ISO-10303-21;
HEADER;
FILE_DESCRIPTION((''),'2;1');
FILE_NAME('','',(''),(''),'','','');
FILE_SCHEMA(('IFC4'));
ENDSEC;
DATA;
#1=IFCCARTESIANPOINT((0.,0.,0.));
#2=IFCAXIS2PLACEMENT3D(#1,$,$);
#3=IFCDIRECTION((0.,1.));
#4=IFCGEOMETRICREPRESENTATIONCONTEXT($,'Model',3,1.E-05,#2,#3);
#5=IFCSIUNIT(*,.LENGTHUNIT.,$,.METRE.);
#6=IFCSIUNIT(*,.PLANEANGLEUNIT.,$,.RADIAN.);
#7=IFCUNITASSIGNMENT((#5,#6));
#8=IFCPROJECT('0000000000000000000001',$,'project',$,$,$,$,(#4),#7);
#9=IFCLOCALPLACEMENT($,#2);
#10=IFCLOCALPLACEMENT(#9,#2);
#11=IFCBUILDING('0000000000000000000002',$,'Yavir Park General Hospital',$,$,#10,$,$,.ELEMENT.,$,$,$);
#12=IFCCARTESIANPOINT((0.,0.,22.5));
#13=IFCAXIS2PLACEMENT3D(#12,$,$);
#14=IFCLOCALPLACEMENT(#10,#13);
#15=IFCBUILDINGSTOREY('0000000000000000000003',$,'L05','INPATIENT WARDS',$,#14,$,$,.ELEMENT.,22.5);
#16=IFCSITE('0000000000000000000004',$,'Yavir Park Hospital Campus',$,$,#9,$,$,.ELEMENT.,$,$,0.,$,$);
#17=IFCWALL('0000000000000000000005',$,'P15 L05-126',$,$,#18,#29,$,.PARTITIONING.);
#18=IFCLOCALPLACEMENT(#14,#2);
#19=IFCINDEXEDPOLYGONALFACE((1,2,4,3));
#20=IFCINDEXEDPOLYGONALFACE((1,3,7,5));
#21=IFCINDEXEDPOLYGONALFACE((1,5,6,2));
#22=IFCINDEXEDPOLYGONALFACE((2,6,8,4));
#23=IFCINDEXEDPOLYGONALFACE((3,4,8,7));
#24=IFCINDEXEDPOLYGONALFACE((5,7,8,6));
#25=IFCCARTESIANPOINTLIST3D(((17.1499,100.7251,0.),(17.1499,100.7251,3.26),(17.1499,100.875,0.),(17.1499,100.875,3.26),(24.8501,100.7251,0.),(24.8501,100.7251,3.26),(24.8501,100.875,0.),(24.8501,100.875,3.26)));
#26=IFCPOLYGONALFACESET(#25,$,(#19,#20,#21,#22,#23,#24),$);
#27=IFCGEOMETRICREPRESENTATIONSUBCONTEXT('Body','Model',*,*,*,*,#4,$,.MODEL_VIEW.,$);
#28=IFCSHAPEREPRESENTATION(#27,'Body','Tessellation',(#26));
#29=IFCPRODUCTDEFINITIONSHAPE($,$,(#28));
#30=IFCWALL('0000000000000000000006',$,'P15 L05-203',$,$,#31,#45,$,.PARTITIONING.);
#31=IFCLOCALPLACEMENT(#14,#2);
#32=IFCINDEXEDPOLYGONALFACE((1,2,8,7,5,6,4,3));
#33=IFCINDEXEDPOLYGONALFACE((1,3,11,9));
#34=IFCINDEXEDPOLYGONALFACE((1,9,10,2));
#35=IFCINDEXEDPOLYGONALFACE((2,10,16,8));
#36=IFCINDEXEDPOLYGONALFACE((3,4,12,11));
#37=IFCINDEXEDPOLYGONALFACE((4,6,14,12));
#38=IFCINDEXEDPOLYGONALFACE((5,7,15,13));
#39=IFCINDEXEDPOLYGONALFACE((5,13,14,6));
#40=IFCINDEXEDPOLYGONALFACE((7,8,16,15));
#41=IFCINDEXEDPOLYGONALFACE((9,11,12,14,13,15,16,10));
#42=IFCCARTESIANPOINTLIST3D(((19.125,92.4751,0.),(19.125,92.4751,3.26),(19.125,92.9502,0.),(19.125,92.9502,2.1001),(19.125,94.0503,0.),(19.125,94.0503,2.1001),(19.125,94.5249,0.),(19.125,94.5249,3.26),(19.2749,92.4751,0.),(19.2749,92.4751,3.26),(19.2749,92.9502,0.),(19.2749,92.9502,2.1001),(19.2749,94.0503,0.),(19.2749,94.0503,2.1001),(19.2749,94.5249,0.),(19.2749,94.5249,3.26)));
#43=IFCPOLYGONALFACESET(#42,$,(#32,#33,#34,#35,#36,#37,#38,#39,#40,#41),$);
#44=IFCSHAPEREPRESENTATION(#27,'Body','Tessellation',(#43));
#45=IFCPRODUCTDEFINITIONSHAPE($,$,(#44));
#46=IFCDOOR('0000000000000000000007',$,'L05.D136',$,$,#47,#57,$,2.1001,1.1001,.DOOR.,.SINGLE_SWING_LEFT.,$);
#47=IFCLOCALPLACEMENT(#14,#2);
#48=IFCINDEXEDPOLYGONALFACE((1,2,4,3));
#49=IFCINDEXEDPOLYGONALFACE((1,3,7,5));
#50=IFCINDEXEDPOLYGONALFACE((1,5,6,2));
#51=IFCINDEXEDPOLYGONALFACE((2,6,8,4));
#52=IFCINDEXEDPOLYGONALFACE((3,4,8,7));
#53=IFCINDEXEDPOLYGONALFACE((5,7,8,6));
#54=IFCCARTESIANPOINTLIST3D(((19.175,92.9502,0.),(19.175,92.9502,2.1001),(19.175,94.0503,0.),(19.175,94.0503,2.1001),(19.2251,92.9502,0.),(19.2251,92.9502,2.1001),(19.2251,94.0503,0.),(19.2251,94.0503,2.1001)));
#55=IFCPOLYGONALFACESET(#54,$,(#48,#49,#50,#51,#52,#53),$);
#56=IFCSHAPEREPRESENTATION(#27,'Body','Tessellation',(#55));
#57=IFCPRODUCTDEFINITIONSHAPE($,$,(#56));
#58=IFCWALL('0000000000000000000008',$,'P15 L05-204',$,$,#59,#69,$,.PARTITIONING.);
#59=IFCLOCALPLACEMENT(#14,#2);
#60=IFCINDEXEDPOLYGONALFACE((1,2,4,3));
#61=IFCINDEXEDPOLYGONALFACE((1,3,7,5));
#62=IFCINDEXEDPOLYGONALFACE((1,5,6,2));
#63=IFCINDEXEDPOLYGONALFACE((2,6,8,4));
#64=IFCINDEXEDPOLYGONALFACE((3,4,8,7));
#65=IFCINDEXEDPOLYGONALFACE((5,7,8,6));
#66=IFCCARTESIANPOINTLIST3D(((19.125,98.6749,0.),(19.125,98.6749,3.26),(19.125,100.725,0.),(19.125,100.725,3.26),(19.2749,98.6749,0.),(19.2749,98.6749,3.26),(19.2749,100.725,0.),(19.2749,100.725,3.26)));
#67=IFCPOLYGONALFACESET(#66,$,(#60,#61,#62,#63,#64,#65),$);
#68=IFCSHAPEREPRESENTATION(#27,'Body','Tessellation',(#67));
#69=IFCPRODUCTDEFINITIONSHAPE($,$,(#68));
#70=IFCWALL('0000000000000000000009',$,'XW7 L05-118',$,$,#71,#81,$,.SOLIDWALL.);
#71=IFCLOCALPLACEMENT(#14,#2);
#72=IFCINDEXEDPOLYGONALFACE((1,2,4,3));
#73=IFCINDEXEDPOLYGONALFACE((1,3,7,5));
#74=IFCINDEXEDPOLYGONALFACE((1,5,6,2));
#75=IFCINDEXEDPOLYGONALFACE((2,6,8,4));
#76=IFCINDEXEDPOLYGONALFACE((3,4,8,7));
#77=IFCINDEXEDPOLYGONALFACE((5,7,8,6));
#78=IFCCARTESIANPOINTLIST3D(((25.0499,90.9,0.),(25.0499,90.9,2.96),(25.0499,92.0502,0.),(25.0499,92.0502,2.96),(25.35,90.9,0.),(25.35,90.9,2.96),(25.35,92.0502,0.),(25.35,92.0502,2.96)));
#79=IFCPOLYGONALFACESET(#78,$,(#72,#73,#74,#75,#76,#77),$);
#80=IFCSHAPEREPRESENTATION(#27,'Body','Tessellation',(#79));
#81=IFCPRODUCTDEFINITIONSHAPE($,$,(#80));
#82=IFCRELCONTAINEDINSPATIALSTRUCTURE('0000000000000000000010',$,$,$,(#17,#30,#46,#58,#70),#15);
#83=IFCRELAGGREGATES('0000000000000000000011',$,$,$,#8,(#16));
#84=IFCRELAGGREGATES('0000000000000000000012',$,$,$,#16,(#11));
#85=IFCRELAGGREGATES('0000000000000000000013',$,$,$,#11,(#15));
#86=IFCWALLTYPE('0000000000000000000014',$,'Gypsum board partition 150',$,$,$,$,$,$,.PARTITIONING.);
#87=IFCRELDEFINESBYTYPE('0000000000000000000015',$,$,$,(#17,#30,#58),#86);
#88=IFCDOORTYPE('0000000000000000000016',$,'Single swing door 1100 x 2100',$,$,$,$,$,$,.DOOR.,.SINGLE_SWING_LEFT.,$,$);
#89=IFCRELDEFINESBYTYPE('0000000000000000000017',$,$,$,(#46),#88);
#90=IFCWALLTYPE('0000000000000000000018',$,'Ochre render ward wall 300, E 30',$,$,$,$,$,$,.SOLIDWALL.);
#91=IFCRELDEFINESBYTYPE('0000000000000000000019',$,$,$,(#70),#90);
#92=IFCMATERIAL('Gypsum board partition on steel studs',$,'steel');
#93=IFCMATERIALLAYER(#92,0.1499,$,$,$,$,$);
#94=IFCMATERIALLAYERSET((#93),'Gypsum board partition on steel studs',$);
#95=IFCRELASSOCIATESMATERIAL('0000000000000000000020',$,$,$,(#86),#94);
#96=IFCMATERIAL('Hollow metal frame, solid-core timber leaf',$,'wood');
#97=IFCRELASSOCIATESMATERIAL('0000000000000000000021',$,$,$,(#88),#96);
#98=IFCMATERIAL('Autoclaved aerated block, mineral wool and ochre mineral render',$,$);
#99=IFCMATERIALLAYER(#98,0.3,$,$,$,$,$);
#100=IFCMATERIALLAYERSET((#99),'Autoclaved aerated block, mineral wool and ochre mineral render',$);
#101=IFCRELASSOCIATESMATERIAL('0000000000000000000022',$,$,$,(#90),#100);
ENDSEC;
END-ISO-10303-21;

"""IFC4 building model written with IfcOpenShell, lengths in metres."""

from ifc_helpers import new_model, si_unit, direction, frame, frame_2d, origin, place, context, subcontext, project, spatial, rectangle, extrude, material, layer, layer_set, type_object, element, fill, save


model = new_model("IFC4")

# Units and contexts
model_context = context("Model", 3, precision=1e-05, world=origin(), true_north=direction((0.0, 1.0)))
body_context = subcontext(model_context, "Body", "Model", "MODEL_VIEW")
ifc_project = project(units=[si_unit("LENGTHUNIT", "METRE"), si_unit("PLANEANGLEUNIT", "RADIAN")], contexts=[model_context])

# Site, building, storey
site_placement = place(None, origin())
site = spatial("IfcSite", under=ifc_project, at=site_placement, Name="Yavir Park Hospital Campus", CompositionType="ELEMENT", RefElevation=0.0)
building_placement = place(site_placement, origin())
building = spatial("IfcBuilding", under=site, at=building_placement, Name="Yavir Park General Hospital", CompositionType="ELEMENT")
storey_placement = place(building_placement, frame((0.0, 0.0, 22.5)))
storey = spatial("IfcBuildingStorey", under=building, at=storey_placement, Name="L05", Description="INPATIENT WARDS", CompositionType="ELEMENT", Elevation=22.5)

# Shared definitions
ifc_material_1 = material(Name="Gypsum board partition on steel studs", Category="steel")
ifc_layer_1 = layer(ifc_material_1, 0.1499)
ifc_layer_set_1 = layer_set([ifc_layer_1], Name="Gypsum board partition on steel studs")
wall_type_1 = type_object("IfcWallType", Name="Gypsum board partition 150", PredefinedType="PARTITIONING", material=ifc_layer_set_1)

# Shared definitions
ifc_material_2 = material(Name="Hollow metal frame, solid-core timber leaf", Category="wood")
door_type_1 = type_object("IfcDoorType", Name="Single swing door 1100 x 2100", OperationType="SINGLE_SWING_LEFT", PredefinedType="DOOR", material=ifc_material_2)

# Wall
wall_1_placement = place(storey_placement, frame((17.1499, 100.8, 0.0), z_axis=(0.0, 0.0, 1.0), x_axis=(1.0, 0.0, 0.0)))
element("IfcWall", 1, at=wall_1_placement, inside=storey, type_object=wall_type_1, Name="P15 L05-126", PredefinedType="PARTITIONING", context=body_context, shape_type="SweptSolid", body=[
    extrude(rectangle(XDim=7.7002, YDim=0.1499, at=frame_2d((3.8501, 0.0))), origin(), (0.0, 0.0, 1.0), 3.26),
])

# Wall, opening, door
wall_2_placement = place(storey_placement, frame((19.2, 92.4751, 0.0), z_axis=(0.0, 0.0, 1.0), x_axis=(0.0, 1.0, 0.0)))
wall_2 = element("IfcWall", 2, at=wall_2_placement, inside=storey, type_object=wall_type_1, Name="P15 L05-203", PredefinedType="PARTITIONING", context=body_context, shape_type="SweptSolid", body=[
    extrude(rectangle(XDim=2.0498, YDim=0.1499, at=frame_2d((1.0249, 0.0))), origin(), (0.0, 0.0, 1.0), 3.26),
])
opening_1_placement = place(wall_2_placement, frame((0.4751, 0.0, 0.0)))
opening_1 = element("IfcOpeningElement", 3, at=opening_1_placement, cuts=wall_2, PredefinedType="OPENING", context=body_context, shape_type="SweptSolid", body=[
    extrude(rectangle(XDim=1.1001, YDim=2.1001, at=frame_2d((0.55, 1.05))), frame((0.0, 0.085, 0.0), z_axis=(0.0, -1.0, 0.0), x_axis=(1.0, 0.0, 0.0)), (0.0, 0.0, 1.0), 0.1699),
])
door_1_placement = place(opening_1_placement, origin())
door_1 = element("IfcDoor", 4, at=door_1_placement, inside=storey, type_object=door_type_1, Name="L05.D136", OperationType="SINGLE_SWING_LEFT", OverallHeight=2.1001, OverallWidth=1.1001, PredefinedType="DOOR", context=body_context, shape_type="SweptSolid", body=[
    extrude(rectangle(XDim=1.1001, YDim=2.1001, at=frame_2d((0.55, 1.05))), frame((0.0, 0.0249, 0.0), z_axis=(0.0, -1.0, 0.0), x_axis=(1.0, 0.0, 0.0)), (0.0, 0.0, 1.0), 0.05),
])
fill(opening_1, door_1)

# Walls
wall_3_placement = place(storey_placement, frame((19.2, 98.675, 0.0), z_axis=(0.0, 0.0, 1.0), x_axis=(0.0, 1.0, 0.0)))
element("IfcWall", 5, at=wall_3_placement, inside=storey, type_object=wall_type_1, Name="P15 L05-204", PredefinedType="PARTITIONING", context=body_context, shape_type="SweptSolid", body=[
    extrude(rectangle(XDim=2.05, YDim=0.1499, at=frame_2d((1.0249, 0.0))), origin(), (0.0, 0.0, 1.0), 3.26),
])
ifc_material_3 = material(Name="Autoclaved aerated block, mineral wool and ochre mineral render")
ifc_layer_2 = layer(ifc_material_3, 0.3)
ifc_layer_set_2 = layer_set([ifc_layer_2], Name="Autoclaved aerated block, mineral wool and ochre mineral render")
wall_type_2 = type_object("IfcWallType", Name="Ochre render ward wall 300, E 30", PredefinedType="SOLIDWALL", material=ifc_layer_set_2)
wall_4_placement = place(storey_placement, frame((25.2, 90.8999, 0.0), z_axis=(0.0, 0.0, 1.0), x_axis=(0.0, 1.0, 0.0)))
element("IfcWall", 6, at=wall_4_placement, inside=storey, type_object=wall_type_2, Name="XW7 L05-118", PredefinedType="SOLIDWALL", context=body_context, shape_type="SweptSolid", body=[
    extrude(rectangle(XDim=1.1501, YDim=0.3, at=frame_2d((0.5752, 0.0))), origin(), (0.0, 0.0, 1.0), 2.96),
])

save(model, "model.ifc")
